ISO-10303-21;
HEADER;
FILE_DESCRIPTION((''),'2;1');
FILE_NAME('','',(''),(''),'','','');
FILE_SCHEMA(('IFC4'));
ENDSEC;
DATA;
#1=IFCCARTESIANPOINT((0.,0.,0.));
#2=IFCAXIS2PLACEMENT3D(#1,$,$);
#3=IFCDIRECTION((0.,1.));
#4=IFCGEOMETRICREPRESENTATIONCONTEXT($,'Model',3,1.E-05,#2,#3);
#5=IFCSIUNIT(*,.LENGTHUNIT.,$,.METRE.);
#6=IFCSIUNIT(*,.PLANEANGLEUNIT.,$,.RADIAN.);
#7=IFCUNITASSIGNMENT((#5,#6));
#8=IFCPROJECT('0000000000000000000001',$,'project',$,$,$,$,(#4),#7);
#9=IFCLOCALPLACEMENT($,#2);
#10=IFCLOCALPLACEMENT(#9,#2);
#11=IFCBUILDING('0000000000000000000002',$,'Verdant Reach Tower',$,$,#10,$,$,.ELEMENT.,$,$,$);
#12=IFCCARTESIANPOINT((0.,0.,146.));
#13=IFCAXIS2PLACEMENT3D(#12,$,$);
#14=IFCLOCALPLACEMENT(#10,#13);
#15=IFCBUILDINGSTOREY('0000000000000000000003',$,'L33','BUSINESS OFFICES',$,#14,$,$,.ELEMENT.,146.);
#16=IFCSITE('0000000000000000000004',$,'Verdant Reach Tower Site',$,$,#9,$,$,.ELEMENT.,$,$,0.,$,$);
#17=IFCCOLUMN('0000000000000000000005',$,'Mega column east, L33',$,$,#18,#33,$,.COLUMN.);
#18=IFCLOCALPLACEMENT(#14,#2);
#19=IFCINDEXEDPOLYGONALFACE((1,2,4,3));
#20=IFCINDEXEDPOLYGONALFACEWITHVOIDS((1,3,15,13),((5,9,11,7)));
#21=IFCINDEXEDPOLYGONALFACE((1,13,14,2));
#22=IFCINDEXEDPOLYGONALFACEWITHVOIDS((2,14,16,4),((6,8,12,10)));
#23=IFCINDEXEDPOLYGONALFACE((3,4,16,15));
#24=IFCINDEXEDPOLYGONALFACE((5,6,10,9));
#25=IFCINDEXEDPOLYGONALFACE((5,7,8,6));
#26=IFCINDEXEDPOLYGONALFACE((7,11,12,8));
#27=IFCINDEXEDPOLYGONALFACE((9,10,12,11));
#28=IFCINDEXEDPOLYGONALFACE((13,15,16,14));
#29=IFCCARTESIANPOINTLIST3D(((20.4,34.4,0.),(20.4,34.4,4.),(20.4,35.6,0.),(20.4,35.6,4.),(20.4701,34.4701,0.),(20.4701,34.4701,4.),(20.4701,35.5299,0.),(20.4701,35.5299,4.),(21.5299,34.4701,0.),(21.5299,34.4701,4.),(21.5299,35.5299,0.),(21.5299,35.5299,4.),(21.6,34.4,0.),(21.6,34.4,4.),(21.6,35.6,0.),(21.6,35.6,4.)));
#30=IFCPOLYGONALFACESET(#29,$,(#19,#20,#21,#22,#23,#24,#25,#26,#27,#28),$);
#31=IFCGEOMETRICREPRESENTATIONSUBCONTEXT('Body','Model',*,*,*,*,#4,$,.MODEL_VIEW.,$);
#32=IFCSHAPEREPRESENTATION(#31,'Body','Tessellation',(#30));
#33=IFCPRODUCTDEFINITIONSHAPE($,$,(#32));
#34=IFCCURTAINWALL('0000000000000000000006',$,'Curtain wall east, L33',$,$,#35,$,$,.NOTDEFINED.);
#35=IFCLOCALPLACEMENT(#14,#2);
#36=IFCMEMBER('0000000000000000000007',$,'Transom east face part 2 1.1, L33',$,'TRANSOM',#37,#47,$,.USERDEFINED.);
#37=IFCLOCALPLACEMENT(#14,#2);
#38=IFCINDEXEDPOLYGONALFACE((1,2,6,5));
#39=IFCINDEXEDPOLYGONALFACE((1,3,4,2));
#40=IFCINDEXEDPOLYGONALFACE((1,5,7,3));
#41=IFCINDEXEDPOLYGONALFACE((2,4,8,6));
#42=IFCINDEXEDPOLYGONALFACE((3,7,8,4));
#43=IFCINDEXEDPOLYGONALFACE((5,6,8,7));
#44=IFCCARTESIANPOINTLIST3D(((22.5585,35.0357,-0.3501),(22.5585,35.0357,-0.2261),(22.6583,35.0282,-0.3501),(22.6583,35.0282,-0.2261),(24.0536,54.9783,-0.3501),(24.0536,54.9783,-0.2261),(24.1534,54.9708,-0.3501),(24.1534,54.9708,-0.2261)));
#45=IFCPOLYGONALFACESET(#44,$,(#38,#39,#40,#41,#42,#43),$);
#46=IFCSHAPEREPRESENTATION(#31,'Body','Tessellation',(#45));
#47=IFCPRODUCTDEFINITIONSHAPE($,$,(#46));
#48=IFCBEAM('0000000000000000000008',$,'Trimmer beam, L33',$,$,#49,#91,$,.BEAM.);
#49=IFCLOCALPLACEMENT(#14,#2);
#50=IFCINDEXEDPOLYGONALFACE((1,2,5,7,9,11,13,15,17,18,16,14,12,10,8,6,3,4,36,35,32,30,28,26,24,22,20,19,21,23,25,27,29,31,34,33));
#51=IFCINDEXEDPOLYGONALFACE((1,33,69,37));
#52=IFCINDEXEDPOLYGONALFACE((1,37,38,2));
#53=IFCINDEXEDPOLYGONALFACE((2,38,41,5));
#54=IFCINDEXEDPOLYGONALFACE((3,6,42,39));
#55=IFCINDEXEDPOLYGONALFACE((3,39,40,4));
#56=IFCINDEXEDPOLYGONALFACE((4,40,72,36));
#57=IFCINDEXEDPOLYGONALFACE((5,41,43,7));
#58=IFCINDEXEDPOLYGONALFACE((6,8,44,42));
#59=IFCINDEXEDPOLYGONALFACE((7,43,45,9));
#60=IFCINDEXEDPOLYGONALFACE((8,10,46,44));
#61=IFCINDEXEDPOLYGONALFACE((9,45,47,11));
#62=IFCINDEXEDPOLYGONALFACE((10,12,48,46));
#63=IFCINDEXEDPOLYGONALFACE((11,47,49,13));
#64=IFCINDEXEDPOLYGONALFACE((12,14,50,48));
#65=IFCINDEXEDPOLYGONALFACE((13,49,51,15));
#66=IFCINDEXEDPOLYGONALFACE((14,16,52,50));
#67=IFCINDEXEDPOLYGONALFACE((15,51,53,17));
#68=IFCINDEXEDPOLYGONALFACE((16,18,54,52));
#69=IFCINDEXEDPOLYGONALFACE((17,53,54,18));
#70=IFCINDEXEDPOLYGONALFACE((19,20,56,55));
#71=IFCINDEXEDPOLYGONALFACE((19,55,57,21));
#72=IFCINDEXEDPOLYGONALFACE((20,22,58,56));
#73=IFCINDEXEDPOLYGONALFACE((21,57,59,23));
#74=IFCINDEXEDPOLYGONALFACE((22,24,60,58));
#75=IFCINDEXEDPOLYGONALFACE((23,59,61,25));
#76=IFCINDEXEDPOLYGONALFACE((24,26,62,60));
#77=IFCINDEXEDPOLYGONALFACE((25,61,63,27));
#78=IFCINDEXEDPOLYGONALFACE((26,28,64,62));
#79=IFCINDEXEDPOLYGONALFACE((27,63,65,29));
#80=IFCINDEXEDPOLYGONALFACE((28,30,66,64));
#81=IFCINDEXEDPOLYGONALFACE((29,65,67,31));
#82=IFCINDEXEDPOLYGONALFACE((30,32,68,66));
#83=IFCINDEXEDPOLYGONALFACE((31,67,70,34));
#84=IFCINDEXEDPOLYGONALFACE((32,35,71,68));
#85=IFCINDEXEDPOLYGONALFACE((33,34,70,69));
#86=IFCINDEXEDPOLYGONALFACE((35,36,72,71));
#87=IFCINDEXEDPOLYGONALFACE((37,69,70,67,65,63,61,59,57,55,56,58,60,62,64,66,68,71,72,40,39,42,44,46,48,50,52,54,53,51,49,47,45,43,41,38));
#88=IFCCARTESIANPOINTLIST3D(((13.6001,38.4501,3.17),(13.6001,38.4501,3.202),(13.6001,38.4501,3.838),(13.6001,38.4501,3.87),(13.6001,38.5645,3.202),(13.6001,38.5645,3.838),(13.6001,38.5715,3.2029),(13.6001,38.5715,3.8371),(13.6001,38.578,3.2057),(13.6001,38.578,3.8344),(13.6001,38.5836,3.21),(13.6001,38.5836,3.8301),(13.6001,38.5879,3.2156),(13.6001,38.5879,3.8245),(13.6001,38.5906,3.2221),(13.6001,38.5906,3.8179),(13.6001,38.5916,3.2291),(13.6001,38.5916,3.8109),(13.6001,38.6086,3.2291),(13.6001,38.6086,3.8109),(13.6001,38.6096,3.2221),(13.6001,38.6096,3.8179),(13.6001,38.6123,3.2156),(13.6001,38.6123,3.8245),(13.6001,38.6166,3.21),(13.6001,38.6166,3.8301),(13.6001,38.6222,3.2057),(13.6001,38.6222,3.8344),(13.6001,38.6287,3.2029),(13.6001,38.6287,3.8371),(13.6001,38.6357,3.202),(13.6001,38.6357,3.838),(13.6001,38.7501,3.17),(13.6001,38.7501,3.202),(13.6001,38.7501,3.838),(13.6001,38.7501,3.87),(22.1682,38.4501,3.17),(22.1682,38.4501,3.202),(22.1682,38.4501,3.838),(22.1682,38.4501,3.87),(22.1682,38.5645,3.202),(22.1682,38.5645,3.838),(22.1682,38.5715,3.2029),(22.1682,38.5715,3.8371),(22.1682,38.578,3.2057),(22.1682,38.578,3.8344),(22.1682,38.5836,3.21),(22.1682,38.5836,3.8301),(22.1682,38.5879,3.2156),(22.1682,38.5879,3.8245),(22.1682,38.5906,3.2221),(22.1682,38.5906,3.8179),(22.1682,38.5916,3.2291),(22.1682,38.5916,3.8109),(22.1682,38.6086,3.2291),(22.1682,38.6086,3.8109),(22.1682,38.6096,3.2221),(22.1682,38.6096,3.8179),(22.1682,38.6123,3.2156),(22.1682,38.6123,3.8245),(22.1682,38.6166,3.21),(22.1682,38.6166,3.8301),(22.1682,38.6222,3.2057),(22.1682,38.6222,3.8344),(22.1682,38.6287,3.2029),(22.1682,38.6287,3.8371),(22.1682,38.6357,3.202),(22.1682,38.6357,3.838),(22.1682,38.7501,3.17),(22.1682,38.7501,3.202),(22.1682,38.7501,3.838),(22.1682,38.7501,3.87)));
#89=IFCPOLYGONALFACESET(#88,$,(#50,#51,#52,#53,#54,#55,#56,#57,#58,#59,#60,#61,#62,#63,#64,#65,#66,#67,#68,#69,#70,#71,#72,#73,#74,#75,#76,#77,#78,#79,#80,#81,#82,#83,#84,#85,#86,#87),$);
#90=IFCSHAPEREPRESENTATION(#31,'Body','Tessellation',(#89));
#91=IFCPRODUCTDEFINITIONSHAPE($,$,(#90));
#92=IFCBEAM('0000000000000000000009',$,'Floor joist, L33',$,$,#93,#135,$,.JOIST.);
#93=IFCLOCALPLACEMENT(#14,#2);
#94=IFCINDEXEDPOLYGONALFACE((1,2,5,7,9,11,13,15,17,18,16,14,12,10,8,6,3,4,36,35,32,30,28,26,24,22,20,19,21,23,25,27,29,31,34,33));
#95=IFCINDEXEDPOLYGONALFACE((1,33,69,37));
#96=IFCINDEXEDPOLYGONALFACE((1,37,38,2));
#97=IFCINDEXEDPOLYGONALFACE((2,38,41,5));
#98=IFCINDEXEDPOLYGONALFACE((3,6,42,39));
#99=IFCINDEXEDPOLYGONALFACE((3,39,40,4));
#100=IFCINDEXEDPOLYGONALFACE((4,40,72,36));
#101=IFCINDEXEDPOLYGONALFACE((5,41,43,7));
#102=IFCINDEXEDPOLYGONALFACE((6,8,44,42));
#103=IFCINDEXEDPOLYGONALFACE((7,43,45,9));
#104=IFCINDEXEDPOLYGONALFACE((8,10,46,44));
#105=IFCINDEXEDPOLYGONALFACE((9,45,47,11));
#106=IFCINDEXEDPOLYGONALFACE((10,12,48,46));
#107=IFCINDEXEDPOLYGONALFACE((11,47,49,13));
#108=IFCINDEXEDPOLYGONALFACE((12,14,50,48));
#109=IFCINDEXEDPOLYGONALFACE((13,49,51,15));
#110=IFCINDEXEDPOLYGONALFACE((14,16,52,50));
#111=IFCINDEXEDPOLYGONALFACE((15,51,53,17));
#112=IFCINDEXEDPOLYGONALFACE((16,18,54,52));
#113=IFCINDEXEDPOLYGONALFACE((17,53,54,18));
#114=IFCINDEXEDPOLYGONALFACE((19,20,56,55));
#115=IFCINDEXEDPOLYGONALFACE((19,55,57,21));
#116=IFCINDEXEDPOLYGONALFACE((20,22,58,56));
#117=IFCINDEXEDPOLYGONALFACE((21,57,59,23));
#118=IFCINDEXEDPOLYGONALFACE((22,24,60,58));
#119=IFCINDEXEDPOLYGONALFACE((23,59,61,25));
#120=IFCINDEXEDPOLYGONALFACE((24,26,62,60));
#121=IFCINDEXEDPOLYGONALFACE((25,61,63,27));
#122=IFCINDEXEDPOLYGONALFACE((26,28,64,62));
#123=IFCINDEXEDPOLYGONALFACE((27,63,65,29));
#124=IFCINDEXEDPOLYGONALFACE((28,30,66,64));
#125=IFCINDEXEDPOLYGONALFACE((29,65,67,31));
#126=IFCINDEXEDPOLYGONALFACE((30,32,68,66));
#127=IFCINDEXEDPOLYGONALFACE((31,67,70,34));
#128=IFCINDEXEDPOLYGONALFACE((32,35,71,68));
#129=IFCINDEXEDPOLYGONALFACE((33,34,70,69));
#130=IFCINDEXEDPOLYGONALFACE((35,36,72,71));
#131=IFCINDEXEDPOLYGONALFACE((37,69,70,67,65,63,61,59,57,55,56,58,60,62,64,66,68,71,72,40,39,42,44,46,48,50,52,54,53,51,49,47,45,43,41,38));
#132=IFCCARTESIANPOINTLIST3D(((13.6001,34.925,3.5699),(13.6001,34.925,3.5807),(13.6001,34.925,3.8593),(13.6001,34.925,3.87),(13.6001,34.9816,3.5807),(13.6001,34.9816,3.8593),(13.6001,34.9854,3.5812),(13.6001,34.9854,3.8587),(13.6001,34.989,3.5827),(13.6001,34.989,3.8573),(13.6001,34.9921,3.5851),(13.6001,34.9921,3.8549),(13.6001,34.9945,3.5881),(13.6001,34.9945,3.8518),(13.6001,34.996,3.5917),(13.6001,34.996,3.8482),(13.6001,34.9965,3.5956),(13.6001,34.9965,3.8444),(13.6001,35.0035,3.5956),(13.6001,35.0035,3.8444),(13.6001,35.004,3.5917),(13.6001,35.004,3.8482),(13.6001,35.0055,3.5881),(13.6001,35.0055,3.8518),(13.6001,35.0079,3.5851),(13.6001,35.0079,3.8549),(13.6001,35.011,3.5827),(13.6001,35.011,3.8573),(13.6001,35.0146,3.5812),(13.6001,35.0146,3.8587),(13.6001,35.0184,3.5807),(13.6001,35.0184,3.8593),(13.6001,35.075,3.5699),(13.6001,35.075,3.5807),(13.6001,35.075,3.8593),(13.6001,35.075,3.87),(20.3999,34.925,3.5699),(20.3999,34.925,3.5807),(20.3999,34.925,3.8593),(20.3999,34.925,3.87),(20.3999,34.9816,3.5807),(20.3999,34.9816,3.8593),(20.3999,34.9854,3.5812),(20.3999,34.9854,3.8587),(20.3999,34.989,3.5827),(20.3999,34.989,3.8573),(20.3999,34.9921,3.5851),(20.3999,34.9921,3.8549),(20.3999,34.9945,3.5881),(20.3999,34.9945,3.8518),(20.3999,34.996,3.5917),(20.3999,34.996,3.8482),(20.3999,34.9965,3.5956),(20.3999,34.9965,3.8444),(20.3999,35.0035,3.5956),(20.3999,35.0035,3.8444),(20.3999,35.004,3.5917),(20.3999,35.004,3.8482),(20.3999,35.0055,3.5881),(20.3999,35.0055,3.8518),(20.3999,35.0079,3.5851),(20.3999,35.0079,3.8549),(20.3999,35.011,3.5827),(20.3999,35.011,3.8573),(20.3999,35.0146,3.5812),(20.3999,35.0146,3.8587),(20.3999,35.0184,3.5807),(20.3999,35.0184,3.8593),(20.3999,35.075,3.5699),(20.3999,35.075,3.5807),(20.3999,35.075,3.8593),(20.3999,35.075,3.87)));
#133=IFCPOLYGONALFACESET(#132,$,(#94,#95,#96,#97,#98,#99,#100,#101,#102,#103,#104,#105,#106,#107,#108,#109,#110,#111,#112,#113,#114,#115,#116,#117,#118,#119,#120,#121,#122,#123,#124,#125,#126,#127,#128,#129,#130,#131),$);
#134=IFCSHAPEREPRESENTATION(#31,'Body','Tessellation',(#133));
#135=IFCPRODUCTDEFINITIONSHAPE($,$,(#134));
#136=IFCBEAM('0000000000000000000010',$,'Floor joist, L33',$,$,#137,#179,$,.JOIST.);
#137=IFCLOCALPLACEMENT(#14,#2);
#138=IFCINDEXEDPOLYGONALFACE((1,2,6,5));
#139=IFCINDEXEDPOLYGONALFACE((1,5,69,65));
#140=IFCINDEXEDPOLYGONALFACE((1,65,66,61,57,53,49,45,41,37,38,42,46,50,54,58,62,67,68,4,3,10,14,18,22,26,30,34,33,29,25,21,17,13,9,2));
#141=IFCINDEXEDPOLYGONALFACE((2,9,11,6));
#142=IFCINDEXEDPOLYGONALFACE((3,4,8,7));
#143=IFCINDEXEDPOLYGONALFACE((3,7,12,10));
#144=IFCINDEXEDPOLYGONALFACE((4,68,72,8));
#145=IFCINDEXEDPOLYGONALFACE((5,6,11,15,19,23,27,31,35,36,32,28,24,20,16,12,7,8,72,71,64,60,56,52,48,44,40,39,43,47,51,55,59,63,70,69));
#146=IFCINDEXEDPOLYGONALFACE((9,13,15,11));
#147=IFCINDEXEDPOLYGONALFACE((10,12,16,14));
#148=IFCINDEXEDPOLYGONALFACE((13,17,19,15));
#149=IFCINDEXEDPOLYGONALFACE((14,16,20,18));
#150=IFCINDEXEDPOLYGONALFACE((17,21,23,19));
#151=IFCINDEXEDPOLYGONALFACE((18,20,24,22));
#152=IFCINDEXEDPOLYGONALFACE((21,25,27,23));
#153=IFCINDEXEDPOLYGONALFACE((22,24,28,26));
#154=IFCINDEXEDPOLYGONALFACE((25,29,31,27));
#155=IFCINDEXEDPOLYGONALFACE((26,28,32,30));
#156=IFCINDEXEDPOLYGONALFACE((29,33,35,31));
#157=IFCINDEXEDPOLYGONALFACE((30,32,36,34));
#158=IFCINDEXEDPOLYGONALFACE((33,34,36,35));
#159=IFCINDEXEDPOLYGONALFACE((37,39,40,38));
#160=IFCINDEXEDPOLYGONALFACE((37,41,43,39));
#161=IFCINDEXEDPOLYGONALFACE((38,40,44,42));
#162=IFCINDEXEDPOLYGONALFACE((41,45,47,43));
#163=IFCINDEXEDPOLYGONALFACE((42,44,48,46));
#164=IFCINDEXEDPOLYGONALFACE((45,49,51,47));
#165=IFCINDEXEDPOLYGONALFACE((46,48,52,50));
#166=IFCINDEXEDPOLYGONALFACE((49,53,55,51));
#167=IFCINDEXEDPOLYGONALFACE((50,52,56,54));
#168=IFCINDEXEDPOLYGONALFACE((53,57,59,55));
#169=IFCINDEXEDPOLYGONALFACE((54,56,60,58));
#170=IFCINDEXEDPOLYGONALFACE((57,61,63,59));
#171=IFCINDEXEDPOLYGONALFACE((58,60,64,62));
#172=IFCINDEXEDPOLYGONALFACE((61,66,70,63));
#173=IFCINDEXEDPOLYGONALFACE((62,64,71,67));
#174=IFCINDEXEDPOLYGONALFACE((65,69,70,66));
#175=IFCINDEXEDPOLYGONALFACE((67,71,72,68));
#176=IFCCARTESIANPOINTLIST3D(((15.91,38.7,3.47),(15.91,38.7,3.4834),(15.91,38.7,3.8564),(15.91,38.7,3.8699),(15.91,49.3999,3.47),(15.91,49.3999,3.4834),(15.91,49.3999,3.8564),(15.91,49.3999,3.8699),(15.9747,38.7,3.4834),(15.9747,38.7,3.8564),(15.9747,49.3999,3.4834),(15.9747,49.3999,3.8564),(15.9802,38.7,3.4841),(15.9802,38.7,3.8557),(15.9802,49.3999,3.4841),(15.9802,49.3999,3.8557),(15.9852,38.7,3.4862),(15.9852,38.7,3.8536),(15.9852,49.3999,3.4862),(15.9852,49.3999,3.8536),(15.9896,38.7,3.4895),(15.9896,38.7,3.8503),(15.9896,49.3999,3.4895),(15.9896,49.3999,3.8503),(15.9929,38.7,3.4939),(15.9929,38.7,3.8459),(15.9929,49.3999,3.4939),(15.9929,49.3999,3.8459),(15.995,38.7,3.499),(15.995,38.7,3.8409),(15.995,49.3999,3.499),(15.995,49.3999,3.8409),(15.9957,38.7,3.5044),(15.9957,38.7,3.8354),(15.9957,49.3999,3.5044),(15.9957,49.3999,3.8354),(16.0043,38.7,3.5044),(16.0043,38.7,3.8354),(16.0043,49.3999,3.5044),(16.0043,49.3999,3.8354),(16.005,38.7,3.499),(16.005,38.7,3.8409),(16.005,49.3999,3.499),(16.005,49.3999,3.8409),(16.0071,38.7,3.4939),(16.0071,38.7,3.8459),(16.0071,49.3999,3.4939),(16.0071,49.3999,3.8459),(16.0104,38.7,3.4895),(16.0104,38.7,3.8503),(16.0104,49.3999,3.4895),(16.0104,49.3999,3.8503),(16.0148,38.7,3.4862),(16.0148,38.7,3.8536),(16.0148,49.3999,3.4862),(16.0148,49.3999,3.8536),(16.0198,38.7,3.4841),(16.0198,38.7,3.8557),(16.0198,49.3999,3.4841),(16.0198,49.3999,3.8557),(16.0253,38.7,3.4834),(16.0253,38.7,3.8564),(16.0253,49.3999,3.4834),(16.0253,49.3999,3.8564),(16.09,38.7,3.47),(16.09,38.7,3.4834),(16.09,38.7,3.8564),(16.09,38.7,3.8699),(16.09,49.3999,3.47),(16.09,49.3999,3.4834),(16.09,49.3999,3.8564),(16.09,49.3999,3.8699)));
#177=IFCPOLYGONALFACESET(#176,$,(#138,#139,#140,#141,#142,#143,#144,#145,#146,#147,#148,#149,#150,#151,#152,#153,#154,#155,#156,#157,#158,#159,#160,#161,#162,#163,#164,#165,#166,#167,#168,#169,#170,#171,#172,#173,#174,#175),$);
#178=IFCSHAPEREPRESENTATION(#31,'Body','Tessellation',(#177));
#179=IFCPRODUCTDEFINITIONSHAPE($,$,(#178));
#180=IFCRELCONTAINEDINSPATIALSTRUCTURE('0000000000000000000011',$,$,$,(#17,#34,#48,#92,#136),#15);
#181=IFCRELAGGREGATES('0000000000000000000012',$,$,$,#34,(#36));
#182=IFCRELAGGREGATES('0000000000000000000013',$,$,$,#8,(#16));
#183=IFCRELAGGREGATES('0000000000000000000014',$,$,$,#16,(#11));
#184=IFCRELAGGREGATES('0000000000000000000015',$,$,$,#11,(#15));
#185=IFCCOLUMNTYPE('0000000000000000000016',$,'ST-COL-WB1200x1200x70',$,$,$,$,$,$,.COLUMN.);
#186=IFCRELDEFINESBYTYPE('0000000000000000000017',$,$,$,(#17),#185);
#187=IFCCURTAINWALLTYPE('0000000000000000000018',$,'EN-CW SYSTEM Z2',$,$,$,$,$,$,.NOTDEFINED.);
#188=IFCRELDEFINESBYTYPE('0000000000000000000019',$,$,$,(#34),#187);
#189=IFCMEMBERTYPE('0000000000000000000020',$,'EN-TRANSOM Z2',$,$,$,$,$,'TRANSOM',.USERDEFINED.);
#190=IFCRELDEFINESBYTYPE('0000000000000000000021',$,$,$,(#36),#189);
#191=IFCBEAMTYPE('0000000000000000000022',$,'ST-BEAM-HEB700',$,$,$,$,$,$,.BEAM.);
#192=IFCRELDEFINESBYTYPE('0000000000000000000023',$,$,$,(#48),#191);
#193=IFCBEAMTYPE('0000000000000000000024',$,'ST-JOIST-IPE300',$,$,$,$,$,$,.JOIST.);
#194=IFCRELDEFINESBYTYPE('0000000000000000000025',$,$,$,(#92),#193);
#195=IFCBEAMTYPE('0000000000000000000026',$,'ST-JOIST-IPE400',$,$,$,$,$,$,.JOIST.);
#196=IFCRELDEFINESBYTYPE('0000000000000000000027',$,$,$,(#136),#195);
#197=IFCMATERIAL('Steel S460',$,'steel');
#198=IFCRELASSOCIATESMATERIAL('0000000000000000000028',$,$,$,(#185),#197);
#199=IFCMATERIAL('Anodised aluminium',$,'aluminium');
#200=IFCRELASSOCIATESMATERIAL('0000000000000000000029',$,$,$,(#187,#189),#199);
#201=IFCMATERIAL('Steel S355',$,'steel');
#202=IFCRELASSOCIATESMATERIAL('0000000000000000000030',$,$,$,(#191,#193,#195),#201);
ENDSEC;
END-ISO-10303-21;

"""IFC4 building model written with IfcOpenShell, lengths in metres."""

from ifc_helpers import new_model, si_unit, direction, frame, origin, origin_2d, place, context, subcontext, project, spatial, rectangle, hollow_rectangle, i_section, extrude, material, material_profile, profile_set, type_object, element, aggregate, save


model = new_model("IFC4")

# Units and contexts
model_context = context("Model", 3, precision=1e-05, world=origin(), true_north=direction((0.0, 1.0)))
body_context = subcontext(model_context, "Body", "Model", "MODEL_VIEW")
ifc_project = project(units=[si_unit("LENGTHUNIT", "METRE"), si_unit("PLANEANGLEUNIT", "RADIAN")], contexts=[model_context])

# Site, building, storey
site_placement = place(None, origin())
site = spatial("IfcSite", under=ifc_project, at=site_placement, Name="Verdant Reach Tower Site", CompositionType="ELEMENT", RefElevation=0.0)
building_placement = place(site_placement, origin())
building = spatial("IfcBuilding", under=site, at=building_placement, Name="Verdant Reach Tower", CompositionType="ELEMENT")
storey_placement = place(building_placement, frame((0.0, 0.0, 146.0)))
storey = spatial("IfcBuildingStorey", under=building, at=storey_placement, Name="L33", Description="BUSINESS OFFICES", CompositionType="ELEMENT", Elevation=146.0)

# Column
ifc_material_1 = material(Name="Steel S460", Category="steel")
ifc_material_profile_1 = material_profile(ifc_material_1, hollow_rectangle(XDim=1.2, YDim=1.2, WallThickness=0.0701, at=origin_2d()), Name="WB 1200x1200x70")
ifc_profile_set_1 = profile_set([ifc_material_profile_1], Name="Steel S460")
column_type = type_object("IfcColumnType", Name="ST-COL-WB1200x1200x70", PredefinedType="COLUMN", material=ifc_profile_set_1)
column_placement = place(storey_placement, frame((21.0, 35.0, 0.0), z_axis=(0.0, 0.0, 1.0), x_axis=(1.0, 0.0, 0.0)))
element("IfcColumn", 1, at=column_placement, inside=storey, type_object=column_type, Name="Mega column east, L33", PredefinedType="COLUMN", context=body_context, shape_type="SweptSolid", body=[
    extrude(hollow_rectangle(XDim=1.2, YDim=1.2, WallThickness=0.0701, at=origin_2d()), origin(), (0.0, 0.0, 1.0), 4.0),
])

# Curtain wall, member
ifc_material_2 = material(Name="Anodised aluminium", Category="aluminium")
curtain_wall_type = type_object("IfcCurtainWallType", Name="EN-CW SYSTEM Z2", PredefinedType="NOTDEFINED", material=ifc_material_2)
curtain_wall_placement = place(storey_placement, origin())
curtain_wall = element("IfcCurtainWall", 2, at=curtain_wall_placement, inside=storey, type_object=curtain_wall_type, Name="Curtain wall east, L33", PredefinedType="NOTDEFINED")
ifc_material_profile_2 = material_profile(ifc_material_2, rectangle(XDim=0.1001, YDim=0.124, at=origin_2d()), Name="Transom 124x100")
ifc_profile_set_2 = profile_set([ifc_material_profile_2], Name="Anodised aluminium")
member_type = type_object("IfcMemberType", Name="EN-TRANSOM Z2", ElementType="TRANSOM", PredefinedType="USERDEFINED", material=ifc_profile_set_2)
member_placement = place(storey_placement, frame((22.6084, 35.032, -0.2881), z_axis=(0.074761, 0.997201, 0.0), x_axis=(-0.997201, 0.074761, 0.0)))
member = element("IfcMember", 3, at=member_placement, type_object=member_type, Name="Transom east face part 2 1.1, L33", ObjectType="TRANSOM", PredefinedType="USERDEFINED", context=body_context, shape_type="SweptSolid", body=[
    extrude(rectangle(XDim=0.1001, YDim=0.124, at=origin_2d()), origin(), (0.0, 0.0, 1.0), 19.9985),
])

# Beams
ifc_material_3 = material(Name="Steel S355", Category="steel")
ifc_material_profile_3 = material_profile(ifc_material_3, i_section(OverallWidth=0.3, OverallDepth=0.7, WebThickness=0.0171, FlangeThickness=0.032, FilletRadius=0.0271, at=origin_2d()), Name="HEB 700")
ifc_profile_set_3 = profile_set([ifc_material_profile_3], Name="Steel S355")
beam_type_1 = type_object("IfcBeamType", Name="ST-BEAM-HEB700", PredefinedType="BEAM", material=ifc_profile_set_3)
beam_1_placement = place(storey_placement, frame((13.6001, 38.6001, 3.52), z_axis=(1.0, 0.0, 0.0), x_axis=(0.0, 1.0, 0.0)))
element("IfcBeam", 4, at=beam_1_placement, inside=storey, type_object=beam_type_1, Name="Trimmer beam, L33", PredefinedType="BEAM", context=body_context, shape_type="SweptSolid", body=[
    extrude(i_section(OverallWidth=0.3, OverallDepth=0.7, WebThickness=0.0171, FlangeThickness=0.032, FilletRadius=0.0271, at=origin_2d()), origin(), (0.0, 0.0, 1.0), 8.5681),
])
ifc_material_profile_4 = material_profile(ifc_material_3, i_section(OverallWidth=0.1499, OverallDepth=0.3, WebThickness=0.0071, FlangeThickness=0.0107, FilletRadius=0.0149, at=origin_2d()), Name="IPE 300")
ifc_profile_set_4 = profile_set([ifc_material_profile_4], Name="Steel S355")
beam_type_2 = type_object("IfcBeamType", Name="ST-JOIST-IPE300", PredefinedType="JOIST", material=ifc_profile_set_4)
beam_2_placement = place(storey_placement, frame((13.6001, 35.0, 3.72), z_axis=(1.0, 0.0, 0.0), x_axis=(0.0, 1.0, 0.0)))
element("IfcBeam", 5, at=beam_2_placement, inside=storey, type_object=beam_type_2, Name="Floor joist, L33", PredefinedType="JOIST", context=body_context, shape_type="SweptSolid", body=[
    extrude(i_section(OverallWidth=0.1499, OverallDepth=0.3, WebThickness=0.0071, FlangeThickness=0.0107, FilletRadius=0.0149, at=origin_2d()), origin(), (0.0, 0.0, 1.0), 6.7998),
])
ifc_material_profile_5 = material_profile(ifc_material_3, i_section(OverallWidth=0.1799, OverallDepth=0.3999, WebThickness=0.0085, FlangeThickness=0.0134, FilletRadius=0.021, at=origin_2d()), Name="IPE 400")
ifc_profile_set_5 = profile_set([ifc_material_profile_5], Name="Steel S355")
beam_type_3 = type_object("IfcBeamType", Name="ST-JOIST-IPE400", PredefinedType="JOIST", material=ifc_profile_set_5)
for number, where, z_axis, x_axis, name in (
    (6, (16.0, 38.7, 3.6699), (0.0, 1.0, 0.0), (-1.0, 0.0, 0.0), "Floor joist, L33"),
):
    element("IfcBeam", number, at=place(storey_placement, frame(where, z_axis=z_axis, x_axis=x_axis)), inside=storey, type_object=beam_type_3, Name=name, PredefinedType="JOIST", context=body_context, shape_type="SweptSolid", body=[
        extrude(i_section(OverallWidth=0.1799, OverallDepth=0.3999, WebThickness=0.0085, FlangeThickness=0.0134, FilletRadius=0.021, at=origin_2d()), origin(), (0.0, 0.0, 1.0), 10.7),
    ])

aggregate(curtain_wall, [member])

save(model, "model.ifc")
